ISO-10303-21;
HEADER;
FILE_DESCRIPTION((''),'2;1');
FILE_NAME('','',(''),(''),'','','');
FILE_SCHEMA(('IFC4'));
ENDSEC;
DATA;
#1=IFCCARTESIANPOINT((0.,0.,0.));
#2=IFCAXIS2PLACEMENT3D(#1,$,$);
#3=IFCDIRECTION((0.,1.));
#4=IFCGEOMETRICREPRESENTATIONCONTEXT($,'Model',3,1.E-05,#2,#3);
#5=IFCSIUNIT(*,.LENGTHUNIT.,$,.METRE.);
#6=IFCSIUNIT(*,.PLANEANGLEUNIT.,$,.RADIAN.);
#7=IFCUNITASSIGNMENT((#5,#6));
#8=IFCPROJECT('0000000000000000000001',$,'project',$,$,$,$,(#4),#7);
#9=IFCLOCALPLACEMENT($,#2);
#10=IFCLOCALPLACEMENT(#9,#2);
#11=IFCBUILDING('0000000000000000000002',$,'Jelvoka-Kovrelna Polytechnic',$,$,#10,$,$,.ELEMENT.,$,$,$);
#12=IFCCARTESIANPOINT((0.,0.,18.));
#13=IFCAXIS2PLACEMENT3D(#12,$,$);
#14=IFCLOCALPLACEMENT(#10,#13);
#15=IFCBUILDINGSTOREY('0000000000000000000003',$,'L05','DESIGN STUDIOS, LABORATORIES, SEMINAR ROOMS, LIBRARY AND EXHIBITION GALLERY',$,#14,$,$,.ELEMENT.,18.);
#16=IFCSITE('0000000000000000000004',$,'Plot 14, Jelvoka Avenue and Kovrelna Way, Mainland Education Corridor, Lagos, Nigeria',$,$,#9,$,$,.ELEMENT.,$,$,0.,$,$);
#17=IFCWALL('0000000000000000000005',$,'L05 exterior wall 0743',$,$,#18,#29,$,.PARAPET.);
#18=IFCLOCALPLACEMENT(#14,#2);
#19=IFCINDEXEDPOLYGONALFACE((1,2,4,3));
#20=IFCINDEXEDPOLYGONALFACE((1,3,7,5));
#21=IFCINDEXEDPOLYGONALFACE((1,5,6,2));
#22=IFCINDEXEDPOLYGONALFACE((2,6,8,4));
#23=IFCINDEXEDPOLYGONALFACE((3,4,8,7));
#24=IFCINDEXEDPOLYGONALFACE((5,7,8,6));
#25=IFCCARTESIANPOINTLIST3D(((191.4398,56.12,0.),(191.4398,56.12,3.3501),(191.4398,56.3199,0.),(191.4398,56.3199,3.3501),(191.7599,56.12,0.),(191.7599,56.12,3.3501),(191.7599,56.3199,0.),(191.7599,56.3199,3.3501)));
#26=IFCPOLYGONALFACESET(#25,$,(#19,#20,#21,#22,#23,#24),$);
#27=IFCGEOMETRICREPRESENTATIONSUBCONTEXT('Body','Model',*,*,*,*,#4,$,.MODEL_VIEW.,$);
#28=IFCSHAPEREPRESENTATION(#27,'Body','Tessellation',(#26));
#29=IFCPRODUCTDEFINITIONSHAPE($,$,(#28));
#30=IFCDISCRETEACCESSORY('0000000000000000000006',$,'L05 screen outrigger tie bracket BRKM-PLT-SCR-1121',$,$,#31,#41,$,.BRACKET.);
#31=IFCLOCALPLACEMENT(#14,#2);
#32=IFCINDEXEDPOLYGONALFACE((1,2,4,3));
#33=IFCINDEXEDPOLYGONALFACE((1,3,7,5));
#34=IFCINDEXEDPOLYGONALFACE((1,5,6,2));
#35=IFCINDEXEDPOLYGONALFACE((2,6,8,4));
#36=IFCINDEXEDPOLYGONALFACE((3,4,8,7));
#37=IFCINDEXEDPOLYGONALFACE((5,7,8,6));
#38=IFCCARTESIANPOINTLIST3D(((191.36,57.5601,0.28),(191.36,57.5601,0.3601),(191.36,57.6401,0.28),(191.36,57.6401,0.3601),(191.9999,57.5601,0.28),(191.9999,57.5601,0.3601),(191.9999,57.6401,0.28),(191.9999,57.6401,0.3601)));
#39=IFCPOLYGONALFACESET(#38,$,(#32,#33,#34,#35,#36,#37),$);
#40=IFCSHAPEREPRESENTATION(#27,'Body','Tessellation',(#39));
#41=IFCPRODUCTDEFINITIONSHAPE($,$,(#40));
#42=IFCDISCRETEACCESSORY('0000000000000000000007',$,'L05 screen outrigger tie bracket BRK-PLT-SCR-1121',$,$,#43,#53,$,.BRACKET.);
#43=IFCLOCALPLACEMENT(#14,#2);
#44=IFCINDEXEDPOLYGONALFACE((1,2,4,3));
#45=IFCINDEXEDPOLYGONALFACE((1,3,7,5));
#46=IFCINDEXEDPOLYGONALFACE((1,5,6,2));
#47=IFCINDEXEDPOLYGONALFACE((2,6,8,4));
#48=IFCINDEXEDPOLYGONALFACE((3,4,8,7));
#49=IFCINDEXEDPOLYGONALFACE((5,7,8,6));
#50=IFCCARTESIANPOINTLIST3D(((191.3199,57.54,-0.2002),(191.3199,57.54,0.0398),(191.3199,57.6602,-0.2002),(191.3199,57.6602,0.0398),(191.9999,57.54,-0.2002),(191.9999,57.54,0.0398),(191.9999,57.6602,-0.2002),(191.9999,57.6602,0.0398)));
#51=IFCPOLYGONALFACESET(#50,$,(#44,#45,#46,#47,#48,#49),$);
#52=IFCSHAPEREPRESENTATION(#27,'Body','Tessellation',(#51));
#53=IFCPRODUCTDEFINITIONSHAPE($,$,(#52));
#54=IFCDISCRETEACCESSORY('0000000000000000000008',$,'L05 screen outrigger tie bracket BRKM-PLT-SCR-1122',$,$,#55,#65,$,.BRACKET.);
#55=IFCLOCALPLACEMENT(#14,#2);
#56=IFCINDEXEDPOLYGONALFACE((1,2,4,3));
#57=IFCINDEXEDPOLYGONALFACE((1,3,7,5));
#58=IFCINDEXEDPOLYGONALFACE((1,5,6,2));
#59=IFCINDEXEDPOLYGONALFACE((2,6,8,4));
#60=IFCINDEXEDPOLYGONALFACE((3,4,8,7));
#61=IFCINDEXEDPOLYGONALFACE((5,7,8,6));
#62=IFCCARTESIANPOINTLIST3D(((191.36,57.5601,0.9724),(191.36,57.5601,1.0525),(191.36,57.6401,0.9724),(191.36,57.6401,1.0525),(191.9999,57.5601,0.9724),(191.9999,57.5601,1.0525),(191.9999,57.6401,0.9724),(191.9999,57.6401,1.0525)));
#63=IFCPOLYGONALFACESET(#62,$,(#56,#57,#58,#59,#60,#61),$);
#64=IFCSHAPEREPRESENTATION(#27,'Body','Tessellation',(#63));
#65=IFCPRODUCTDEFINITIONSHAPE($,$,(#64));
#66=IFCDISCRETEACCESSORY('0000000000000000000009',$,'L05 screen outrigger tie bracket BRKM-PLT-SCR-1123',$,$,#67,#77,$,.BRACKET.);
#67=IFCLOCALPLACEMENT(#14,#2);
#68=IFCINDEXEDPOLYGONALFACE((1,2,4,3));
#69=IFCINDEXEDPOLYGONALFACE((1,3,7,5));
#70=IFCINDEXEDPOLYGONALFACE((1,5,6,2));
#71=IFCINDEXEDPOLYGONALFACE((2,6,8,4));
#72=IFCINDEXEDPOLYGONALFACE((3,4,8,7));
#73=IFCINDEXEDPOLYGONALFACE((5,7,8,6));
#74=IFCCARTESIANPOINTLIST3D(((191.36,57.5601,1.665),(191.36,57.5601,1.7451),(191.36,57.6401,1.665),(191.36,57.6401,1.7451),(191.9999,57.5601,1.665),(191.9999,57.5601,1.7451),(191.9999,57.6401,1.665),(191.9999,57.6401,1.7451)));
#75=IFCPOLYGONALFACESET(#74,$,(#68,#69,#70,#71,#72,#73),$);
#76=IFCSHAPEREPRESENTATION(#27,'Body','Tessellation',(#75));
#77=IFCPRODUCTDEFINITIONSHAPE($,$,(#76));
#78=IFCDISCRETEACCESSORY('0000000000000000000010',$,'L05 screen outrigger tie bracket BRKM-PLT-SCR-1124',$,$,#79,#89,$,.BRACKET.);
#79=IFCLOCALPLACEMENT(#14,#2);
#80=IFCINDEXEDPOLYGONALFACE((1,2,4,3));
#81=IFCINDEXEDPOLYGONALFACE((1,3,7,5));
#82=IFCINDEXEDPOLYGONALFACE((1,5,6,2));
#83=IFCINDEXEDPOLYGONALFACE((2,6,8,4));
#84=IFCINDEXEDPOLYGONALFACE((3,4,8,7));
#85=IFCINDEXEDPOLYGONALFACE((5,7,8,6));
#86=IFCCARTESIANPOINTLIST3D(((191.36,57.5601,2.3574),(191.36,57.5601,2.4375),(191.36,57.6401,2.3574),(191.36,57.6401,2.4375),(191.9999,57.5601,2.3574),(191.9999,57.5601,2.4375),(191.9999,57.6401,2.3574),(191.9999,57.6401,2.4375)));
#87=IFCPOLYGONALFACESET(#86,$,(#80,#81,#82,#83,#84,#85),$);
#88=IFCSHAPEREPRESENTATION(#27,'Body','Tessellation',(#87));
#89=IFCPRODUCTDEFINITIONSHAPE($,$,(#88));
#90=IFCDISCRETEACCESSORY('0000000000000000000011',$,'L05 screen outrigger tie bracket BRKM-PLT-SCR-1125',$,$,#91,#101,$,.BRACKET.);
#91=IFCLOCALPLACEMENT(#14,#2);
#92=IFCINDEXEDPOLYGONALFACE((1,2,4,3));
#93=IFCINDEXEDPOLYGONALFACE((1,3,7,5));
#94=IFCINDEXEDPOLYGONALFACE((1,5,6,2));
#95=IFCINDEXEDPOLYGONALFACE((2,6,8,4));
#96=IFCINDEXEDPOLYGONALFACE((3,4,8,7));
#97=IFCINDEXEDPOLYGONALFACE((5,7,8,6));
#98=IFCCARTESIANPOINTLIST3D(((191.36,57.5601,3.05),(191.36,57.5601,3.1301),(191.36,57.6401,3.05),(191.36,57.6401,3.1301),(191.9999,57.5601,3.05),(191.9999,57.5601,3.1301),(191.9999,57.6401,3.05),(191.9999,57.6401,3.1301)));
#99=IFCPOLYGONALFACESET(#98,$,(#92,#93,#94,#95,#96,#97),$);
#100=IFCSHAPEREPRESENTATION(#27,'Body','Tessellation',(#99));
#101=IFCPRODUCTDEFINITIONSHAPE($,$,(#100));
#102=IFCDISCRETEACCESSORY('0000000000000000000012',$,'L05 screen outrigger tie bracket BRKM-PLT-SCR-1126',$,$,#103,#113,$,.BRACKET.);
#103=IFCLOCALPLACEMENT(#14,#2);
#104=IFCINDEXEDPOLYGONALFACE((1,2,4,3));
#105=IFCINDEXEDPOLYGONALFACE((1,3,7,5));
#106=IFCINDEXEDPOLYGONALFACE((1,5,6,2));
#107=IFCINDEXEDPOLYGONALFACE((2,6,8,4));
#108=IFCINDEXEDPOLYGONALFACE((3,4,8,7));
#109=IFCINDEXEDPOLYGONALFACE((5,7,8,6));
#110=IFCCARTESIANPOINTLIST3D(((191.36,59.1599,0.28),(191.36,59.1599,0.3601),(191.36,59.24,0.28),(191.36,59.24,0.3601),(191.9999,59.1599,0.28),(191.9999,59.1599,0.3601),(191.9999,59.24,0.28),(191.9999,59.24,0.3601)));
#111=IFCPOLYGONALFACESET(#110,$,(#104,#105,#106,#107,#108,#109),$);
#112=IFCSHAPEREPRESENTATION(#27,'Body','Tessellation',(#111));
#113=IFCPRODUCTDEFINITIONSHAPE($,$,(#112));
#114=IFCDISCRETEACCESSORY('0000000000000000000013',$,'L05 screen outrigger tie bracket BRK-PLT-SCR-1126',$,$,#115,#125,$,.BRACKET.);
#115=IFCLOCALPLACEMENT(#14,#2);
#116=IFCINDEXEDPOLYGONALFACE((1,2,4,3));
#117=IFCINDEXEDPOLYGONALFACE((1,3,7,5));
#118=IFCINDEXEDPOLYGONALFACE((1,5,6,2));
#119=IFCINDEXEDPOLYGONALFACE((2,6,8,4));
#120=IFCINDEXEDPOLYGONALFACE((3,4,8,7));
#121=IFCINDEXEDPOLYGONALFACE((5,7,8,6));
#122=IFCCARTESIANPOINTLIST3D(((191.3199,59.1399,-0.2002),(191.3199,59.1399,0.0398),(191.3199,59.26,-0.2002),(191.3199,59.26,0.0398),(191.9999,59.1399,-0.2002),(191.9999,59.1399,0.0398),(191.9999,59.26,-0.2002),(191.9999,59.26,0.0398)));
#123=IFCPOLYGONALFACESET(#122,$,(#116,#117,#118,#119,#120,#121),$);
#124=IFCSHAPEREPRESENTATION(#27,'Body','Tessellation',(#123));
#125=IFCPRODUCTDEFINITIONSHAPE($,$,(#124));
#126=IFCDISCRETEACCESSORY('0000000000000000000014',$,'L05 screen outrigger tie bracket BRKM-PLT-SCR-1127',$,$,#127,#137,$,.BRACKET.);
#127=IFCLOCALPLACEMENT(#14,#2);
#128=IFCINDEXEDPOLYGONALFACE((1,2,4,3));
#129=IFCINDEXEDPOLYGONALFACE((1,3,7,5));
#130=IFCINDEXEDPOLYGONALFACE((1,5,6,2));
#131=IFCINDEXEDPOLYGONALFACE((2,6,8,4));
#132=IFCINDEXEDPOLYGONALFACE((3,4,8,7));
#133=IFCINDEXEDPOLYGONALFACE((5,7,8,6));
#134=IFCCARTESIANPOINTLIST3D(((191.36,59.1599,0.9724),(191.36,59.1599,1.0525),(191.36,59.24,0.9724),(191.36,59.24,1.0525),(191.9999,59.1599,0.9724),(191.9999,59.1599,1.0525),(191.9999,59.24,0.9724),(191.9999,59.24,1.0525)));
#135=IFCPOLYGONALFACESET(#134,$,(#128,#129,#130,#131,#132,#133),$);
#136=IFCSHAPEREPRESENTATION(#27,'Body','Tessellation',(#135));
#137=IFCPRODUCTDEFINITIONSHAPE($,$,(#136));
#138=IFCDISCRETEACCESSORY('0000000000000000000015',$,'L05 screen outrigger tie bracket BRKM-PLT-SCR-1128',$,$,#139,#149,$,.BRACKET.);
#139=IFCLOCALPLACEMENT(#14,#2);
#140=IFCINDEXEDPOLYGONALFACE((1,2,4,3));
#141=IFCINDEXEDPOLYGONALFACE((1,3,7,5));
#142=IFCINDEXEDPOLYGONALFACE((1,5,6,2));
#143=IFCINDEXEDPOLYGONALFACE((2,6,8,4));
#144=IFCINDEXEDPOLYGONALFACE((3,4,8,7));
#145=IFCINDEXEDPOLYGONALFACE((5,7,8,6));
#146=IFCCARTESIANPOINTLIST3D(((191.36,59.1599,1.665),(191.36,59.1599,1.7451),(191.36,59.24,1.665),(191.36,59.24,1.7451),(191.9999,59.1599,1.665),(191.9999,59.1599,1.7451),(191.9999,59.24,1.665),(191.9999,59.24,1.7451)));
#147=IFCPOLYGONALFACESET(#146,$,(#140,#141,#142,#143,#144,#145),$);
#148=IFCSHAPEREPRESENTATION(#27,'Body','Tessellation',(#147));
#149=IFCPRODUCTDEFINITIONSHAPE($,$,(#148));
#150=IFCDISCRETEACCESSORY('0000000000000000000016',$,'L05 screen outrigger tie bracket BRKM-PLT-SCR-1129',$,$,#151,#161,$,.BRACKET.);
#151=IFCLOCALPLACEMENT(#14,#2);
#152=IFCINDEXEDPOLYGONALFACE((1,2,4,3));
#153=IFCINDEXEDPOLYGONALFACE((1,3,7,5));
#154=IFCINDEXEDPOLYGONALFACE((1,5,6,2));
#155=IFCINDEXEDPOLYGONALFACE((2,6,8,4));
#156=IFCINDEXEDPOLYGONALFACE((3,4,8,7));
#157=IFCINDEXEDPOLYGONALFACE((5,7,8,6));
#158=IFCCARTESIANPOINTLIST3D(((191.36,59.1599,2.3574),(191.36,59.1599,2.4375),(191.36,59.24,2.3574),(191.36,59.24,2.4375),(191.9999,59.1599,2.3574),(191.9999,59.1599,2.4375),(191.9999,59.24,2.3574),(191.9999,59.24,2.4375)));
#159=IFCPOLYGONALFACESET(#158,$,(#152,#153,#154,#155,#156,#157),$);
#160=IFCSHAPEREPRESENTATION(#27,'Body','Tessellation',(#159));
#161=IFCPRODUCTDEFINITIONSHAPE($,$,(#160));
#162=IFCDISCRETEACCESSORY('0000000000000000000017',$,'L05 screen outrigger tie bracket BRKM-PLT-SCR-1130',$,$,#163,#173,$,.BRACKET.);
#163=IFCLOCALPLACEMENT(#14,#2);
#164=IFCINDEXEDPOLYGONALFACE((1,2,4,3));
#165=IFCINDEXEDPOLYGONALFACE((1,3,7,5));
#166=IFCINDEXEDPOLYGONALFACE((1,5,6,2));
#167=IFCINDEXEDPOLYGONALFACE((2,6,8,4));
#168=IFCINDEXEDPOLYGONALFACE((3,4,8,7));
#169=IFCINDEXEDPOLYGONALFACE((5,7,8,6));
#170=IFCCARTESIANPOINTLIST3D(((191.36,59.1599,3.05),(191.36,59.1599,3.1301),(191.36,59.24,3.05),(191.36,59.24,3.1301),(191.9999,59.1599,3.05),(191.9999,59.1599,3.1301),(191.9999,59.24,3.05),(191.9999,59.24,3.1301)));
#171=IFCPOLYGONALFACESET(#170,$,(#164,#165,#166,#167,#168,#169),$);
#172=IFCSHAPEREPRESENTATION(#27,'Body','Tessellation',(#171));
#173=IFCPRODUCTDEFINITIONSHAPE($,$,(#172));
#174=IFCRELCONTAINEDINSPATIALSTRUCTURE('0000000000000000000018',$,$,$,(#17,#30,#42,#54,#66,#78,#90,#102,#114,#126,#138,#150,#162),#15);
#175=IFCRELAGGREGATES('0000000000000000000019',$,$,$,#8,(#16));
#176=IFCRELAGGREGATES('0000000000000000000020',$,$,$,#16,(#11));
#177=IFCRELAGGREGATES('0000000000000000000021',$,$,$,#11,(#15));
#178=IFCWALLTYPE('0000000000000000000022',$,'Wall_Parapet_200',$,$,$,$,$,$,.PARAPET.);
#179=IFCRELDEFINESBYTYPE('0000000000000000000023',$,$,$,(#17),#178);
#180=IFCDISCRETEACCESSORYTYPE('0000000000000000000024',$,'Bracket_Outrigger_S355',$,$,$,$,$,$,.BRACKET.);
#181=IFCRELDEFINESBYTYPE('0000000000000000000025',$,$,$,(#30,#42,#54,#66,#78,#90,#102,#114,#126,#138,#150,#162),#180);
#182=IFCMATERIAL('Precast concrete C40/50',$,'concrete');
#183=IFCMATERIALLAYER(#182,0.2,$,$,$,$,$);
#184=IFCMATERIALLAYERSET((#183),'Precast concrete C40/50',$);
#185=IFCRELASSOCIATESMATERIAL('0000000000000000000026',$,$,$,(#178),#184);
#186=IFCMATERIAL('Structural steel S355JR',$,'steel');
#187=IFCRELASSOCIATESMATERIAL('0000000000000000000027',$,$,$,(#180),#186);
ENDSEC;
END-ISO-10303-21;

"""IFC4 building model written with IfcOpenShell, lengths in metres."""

from ifc_helpers import new_model, si_unit, direction, frame, frame_2d, origin, origin_2d, place, context, subcontext, project, spatial, rectangle, extrude, material, layer, layer_set, type_object, element, save


model = new_model("IFC4")

# Units and contexts
model_context = context("Model", 3, precision=1e-05, world=origin(), true_north=direction((0.0, 1.0)))
body_context = subcontext(model_context, "Body", "Model", "MODEL_VIEW")
ifc_project = project(units=[si_unit("LENGTHUNIT", "METRE"), si_unit("PLANEANGLEUNIT", "RADIAN")], contexts=[model_context])

# Site, building, storey
site_placement = place(None, origin())
site = spatial("IfcSite", under=ifc_project, at=site_placement, Name="Plot 14, Jelvoka Avenue and Kovrelna Way, Mainland Education Corridor, Lagos, Nigeria", CompositionType="ELEMENT", RefElevation=0.0)
building_placement = place(site_placement, origin())
building = spatial("IfcBuilding", under=site, at=building_placement, Name="Jelvoka-Kovrelna Polytechnic", CompositionType="ELEMENT")
storey_placement = place(building_placement, frame((0.0, 0.0, 18.0)))
storey = spatial("IfcBuildingStorey", under=building, at=storey_placement, Name="L05", Description="DESIGN STUDIOS, LABORATORIES, SEMINAR ROOMS, LIBRARY AND EXHIBITION GALLERY", CompositionType="ELEMENT", Elevation=18.0)

# Wall
ifc_material_1 = material(Name="Precast concrete C40/50", Category="concrete")
ifc_layer_1 = layer(ifc_material_1, 0.2)
ifc_layer_set_1 = layer_set([ifc_layer_1], Name="Precast concrete C40/50")
wall_type_1 = type_object("IfcWallType", Name="Wall_Parapet_200", PredefinedType="PARAPET", material=ifc_layer_set_1)
wall_1_placement = place(storey_placement, frame((191.76, 56.22, 0.0), z_axis=(0.0, 0.0, 1.0), x_axis=(-1.0, 0.0, 0.0)))
element("IfcWall", 1, at=wall_1_placement, inside=storey, type_object=wall_type_1, Name="L05 exterior wall 0743", PredefinedType="PARAPET", context=body_context, shape_type="SweptSolid", body=[
    extrude(rectangle(XDim=0.3201, YDim=0.2, at=frame_2d((0.1602, 0.0))), origin(), (0.0, 0.0, 1.0), 3.3501),
])

# Discrete accessories
ifc_material_2 = material(Name="Structural steel S355JR", Category="steel")
discrete_accessory_type = type_object("IfcDiscreteAccessoryType", Name="Bracket_Outrigger_S355", PredefinedType="BRACKET", material=ifc_material_2)
discrete_accessory_1_placement = place(storey_placement, frame((191.6799, 57.6001, 0.28), z_axis=(0.0, 0.0, 1.0), x_axis=(1.0, 0.0, 0.0)))
element("IfcDiscreteAccessory", 2, at=discrete_accessory_1_placement, inside=storey, type_object=discrete_accessory_type, Name="L05 screen outrigger tie bracket BRKM-PLT-SCR-1121", PredefinedType="BRACKET", context=body_context, shape_type="SweptSolid", body=[
    extrude(rectangle(XDim=0.6399, YDim=0.0801, at=origin_2d()), origin(), (0.0, 0.0, 1.0), 0.0801),
])
discrete_accessory_2_placement = place(storey_placement, frame((191.6599, 57.6001, -0.2002), z_axis=(0.0, 0.0, 1.0), x_axis=(1.0, 0.0, 0.0)))
element("IfcDiscreteAccessory", 3, at=discrete_accessory_2_placement, inside=storey, type_object=discrete_accessory_type, Name="L05 screen outrigger tie bracket BRK-PLT-SCR-1121", PredefinedType="BRACKET", context=body_context, shape_type="SweptSolid", body=[
    extrude(rectangle(XDim=0.6799, YDim=0.1201, at=origin_2d()), origin(), (0.0, 0.0, 1.0), 0.24),
])
for number, where, z_axis, x_axis, name in (
    (4, (191.6799, 57.6001, 0.9724), (0.0, 0.0, 1.0), (1.0, 0.0, 0.0), "L05 screen outrigger tie bracket BRKM-PLT-SCR-1122"),
    (5, (191.6799, 57.6001, 1.665), (0.0, 0.0, 1.0), (1.0, 0.0, 0.0), "L05 screen outrigger tie bracket BRKM-PLT-SCR-1123"),
    (6, (191.6799, 57.6001, 2.3574), (0.0, 0.0, 1.0), (1.0, 0.0, 0.0), "L05 screen outrigger tie bracket BRKM-PLT-SCR-1124"),
    (7, (191.6799, 57.6001, 3.05), (0.0, 0.0, 1.0), (1.0, 0.0, 0.0), "L05 screen outrigger tie bracket BRKM-PLT-SCR-1125"),
    (8, (191.6799, 59.2, 0.28), (0.0, 0.0, 1.0), (1.0, 0.0, 0.0), "L05 screen outrigger tie bracket BRKM-PLT-SCR-1126"),
):
    element("IfcDiscreteAccessory", number, at=place(storey_placement, frame(where, z_axis=z_axis, x_axis=x_axis)), inside=storey, type_object=discrete_accessory_type, Name=name, PredefinedType="BRACKET", context=body_context, shape_type="SweptSolid", body=[
        extrude(rectangle(XDim=0.6399, YDim=0.0801, at=origin_2d()), origin(), (0.0, 0.0, 1.0), 0.0801),
    ])
discrete_accessory_3_placement = place(storey_placement, frame((191.6599, 59.2, -0.2002), z_axis=(0.0, 0.0, 1.0), x_axis=(1.0, 0.0, 0.0)))
element("IfcDiscreteAccessory", 9, at=discrete_accessory_3_placement, inside=storey, type_object=discrete_accessory_type, Name="L05 screen outrigger tie bracket BRK-PLT-SCR-1126", PredefinedType="BRACKET", context=body_context, shape_type="SweptSolid", body=[
    extrude(rectangle(XDim=0.6799, YDim=0.1201, at=origin_2d()), origin(), (0.0, 0.0, 1.0), 0.24),
])
for number, where, z_axis, x_axis, name in (
    (10, (191.6799, 59.2, 0.9724), (0.0, 0.0, 1.0), (1.0, 0.0, 0.0), "L05 screen outrigger tie bracket BRKM-PLT-SCR-1127"),
    (11, (191.6799, 59.2, 1.665), (0.0, 0.0, 1.0), (1.0, 0.0, 0.0), "L05 screen outrigger tie bracket BRKM-PLT-SCR-1128"),
    (12, (191.6799, 59.2, 2.3574), (0.0, 0.0, 1.0), (1.0, 0.0, 0.0), "L05 screen outrigger tie bracket BRKM-PLT-SCR-1129"),
    (13, (191.6799, 59.2, 3.05), (0.0, 0.0, 1.0), (1.0, 0.0, 0.0), "L05 screen outrigger tie bracket BRKM-PLT-SCR-1130"),
):
    element("IfcDiscreteAccessory", number, at=place(storey_placement, frame(where, z_axis=z_axis, x_axis=x_axis)), inside=storey, type_object=discrete_accessory_type, Name=name, PredefinedType="BRACKET", context=body_context, shape_type="SweptSolid", body=[
        extrude(rectangle(XDim=0.6399, YDim=0.0801, at=origin_2d()), origin(), (0.0, 0.0, 1.0), 0.0801),
    ])

save(model, "model.ifc")
